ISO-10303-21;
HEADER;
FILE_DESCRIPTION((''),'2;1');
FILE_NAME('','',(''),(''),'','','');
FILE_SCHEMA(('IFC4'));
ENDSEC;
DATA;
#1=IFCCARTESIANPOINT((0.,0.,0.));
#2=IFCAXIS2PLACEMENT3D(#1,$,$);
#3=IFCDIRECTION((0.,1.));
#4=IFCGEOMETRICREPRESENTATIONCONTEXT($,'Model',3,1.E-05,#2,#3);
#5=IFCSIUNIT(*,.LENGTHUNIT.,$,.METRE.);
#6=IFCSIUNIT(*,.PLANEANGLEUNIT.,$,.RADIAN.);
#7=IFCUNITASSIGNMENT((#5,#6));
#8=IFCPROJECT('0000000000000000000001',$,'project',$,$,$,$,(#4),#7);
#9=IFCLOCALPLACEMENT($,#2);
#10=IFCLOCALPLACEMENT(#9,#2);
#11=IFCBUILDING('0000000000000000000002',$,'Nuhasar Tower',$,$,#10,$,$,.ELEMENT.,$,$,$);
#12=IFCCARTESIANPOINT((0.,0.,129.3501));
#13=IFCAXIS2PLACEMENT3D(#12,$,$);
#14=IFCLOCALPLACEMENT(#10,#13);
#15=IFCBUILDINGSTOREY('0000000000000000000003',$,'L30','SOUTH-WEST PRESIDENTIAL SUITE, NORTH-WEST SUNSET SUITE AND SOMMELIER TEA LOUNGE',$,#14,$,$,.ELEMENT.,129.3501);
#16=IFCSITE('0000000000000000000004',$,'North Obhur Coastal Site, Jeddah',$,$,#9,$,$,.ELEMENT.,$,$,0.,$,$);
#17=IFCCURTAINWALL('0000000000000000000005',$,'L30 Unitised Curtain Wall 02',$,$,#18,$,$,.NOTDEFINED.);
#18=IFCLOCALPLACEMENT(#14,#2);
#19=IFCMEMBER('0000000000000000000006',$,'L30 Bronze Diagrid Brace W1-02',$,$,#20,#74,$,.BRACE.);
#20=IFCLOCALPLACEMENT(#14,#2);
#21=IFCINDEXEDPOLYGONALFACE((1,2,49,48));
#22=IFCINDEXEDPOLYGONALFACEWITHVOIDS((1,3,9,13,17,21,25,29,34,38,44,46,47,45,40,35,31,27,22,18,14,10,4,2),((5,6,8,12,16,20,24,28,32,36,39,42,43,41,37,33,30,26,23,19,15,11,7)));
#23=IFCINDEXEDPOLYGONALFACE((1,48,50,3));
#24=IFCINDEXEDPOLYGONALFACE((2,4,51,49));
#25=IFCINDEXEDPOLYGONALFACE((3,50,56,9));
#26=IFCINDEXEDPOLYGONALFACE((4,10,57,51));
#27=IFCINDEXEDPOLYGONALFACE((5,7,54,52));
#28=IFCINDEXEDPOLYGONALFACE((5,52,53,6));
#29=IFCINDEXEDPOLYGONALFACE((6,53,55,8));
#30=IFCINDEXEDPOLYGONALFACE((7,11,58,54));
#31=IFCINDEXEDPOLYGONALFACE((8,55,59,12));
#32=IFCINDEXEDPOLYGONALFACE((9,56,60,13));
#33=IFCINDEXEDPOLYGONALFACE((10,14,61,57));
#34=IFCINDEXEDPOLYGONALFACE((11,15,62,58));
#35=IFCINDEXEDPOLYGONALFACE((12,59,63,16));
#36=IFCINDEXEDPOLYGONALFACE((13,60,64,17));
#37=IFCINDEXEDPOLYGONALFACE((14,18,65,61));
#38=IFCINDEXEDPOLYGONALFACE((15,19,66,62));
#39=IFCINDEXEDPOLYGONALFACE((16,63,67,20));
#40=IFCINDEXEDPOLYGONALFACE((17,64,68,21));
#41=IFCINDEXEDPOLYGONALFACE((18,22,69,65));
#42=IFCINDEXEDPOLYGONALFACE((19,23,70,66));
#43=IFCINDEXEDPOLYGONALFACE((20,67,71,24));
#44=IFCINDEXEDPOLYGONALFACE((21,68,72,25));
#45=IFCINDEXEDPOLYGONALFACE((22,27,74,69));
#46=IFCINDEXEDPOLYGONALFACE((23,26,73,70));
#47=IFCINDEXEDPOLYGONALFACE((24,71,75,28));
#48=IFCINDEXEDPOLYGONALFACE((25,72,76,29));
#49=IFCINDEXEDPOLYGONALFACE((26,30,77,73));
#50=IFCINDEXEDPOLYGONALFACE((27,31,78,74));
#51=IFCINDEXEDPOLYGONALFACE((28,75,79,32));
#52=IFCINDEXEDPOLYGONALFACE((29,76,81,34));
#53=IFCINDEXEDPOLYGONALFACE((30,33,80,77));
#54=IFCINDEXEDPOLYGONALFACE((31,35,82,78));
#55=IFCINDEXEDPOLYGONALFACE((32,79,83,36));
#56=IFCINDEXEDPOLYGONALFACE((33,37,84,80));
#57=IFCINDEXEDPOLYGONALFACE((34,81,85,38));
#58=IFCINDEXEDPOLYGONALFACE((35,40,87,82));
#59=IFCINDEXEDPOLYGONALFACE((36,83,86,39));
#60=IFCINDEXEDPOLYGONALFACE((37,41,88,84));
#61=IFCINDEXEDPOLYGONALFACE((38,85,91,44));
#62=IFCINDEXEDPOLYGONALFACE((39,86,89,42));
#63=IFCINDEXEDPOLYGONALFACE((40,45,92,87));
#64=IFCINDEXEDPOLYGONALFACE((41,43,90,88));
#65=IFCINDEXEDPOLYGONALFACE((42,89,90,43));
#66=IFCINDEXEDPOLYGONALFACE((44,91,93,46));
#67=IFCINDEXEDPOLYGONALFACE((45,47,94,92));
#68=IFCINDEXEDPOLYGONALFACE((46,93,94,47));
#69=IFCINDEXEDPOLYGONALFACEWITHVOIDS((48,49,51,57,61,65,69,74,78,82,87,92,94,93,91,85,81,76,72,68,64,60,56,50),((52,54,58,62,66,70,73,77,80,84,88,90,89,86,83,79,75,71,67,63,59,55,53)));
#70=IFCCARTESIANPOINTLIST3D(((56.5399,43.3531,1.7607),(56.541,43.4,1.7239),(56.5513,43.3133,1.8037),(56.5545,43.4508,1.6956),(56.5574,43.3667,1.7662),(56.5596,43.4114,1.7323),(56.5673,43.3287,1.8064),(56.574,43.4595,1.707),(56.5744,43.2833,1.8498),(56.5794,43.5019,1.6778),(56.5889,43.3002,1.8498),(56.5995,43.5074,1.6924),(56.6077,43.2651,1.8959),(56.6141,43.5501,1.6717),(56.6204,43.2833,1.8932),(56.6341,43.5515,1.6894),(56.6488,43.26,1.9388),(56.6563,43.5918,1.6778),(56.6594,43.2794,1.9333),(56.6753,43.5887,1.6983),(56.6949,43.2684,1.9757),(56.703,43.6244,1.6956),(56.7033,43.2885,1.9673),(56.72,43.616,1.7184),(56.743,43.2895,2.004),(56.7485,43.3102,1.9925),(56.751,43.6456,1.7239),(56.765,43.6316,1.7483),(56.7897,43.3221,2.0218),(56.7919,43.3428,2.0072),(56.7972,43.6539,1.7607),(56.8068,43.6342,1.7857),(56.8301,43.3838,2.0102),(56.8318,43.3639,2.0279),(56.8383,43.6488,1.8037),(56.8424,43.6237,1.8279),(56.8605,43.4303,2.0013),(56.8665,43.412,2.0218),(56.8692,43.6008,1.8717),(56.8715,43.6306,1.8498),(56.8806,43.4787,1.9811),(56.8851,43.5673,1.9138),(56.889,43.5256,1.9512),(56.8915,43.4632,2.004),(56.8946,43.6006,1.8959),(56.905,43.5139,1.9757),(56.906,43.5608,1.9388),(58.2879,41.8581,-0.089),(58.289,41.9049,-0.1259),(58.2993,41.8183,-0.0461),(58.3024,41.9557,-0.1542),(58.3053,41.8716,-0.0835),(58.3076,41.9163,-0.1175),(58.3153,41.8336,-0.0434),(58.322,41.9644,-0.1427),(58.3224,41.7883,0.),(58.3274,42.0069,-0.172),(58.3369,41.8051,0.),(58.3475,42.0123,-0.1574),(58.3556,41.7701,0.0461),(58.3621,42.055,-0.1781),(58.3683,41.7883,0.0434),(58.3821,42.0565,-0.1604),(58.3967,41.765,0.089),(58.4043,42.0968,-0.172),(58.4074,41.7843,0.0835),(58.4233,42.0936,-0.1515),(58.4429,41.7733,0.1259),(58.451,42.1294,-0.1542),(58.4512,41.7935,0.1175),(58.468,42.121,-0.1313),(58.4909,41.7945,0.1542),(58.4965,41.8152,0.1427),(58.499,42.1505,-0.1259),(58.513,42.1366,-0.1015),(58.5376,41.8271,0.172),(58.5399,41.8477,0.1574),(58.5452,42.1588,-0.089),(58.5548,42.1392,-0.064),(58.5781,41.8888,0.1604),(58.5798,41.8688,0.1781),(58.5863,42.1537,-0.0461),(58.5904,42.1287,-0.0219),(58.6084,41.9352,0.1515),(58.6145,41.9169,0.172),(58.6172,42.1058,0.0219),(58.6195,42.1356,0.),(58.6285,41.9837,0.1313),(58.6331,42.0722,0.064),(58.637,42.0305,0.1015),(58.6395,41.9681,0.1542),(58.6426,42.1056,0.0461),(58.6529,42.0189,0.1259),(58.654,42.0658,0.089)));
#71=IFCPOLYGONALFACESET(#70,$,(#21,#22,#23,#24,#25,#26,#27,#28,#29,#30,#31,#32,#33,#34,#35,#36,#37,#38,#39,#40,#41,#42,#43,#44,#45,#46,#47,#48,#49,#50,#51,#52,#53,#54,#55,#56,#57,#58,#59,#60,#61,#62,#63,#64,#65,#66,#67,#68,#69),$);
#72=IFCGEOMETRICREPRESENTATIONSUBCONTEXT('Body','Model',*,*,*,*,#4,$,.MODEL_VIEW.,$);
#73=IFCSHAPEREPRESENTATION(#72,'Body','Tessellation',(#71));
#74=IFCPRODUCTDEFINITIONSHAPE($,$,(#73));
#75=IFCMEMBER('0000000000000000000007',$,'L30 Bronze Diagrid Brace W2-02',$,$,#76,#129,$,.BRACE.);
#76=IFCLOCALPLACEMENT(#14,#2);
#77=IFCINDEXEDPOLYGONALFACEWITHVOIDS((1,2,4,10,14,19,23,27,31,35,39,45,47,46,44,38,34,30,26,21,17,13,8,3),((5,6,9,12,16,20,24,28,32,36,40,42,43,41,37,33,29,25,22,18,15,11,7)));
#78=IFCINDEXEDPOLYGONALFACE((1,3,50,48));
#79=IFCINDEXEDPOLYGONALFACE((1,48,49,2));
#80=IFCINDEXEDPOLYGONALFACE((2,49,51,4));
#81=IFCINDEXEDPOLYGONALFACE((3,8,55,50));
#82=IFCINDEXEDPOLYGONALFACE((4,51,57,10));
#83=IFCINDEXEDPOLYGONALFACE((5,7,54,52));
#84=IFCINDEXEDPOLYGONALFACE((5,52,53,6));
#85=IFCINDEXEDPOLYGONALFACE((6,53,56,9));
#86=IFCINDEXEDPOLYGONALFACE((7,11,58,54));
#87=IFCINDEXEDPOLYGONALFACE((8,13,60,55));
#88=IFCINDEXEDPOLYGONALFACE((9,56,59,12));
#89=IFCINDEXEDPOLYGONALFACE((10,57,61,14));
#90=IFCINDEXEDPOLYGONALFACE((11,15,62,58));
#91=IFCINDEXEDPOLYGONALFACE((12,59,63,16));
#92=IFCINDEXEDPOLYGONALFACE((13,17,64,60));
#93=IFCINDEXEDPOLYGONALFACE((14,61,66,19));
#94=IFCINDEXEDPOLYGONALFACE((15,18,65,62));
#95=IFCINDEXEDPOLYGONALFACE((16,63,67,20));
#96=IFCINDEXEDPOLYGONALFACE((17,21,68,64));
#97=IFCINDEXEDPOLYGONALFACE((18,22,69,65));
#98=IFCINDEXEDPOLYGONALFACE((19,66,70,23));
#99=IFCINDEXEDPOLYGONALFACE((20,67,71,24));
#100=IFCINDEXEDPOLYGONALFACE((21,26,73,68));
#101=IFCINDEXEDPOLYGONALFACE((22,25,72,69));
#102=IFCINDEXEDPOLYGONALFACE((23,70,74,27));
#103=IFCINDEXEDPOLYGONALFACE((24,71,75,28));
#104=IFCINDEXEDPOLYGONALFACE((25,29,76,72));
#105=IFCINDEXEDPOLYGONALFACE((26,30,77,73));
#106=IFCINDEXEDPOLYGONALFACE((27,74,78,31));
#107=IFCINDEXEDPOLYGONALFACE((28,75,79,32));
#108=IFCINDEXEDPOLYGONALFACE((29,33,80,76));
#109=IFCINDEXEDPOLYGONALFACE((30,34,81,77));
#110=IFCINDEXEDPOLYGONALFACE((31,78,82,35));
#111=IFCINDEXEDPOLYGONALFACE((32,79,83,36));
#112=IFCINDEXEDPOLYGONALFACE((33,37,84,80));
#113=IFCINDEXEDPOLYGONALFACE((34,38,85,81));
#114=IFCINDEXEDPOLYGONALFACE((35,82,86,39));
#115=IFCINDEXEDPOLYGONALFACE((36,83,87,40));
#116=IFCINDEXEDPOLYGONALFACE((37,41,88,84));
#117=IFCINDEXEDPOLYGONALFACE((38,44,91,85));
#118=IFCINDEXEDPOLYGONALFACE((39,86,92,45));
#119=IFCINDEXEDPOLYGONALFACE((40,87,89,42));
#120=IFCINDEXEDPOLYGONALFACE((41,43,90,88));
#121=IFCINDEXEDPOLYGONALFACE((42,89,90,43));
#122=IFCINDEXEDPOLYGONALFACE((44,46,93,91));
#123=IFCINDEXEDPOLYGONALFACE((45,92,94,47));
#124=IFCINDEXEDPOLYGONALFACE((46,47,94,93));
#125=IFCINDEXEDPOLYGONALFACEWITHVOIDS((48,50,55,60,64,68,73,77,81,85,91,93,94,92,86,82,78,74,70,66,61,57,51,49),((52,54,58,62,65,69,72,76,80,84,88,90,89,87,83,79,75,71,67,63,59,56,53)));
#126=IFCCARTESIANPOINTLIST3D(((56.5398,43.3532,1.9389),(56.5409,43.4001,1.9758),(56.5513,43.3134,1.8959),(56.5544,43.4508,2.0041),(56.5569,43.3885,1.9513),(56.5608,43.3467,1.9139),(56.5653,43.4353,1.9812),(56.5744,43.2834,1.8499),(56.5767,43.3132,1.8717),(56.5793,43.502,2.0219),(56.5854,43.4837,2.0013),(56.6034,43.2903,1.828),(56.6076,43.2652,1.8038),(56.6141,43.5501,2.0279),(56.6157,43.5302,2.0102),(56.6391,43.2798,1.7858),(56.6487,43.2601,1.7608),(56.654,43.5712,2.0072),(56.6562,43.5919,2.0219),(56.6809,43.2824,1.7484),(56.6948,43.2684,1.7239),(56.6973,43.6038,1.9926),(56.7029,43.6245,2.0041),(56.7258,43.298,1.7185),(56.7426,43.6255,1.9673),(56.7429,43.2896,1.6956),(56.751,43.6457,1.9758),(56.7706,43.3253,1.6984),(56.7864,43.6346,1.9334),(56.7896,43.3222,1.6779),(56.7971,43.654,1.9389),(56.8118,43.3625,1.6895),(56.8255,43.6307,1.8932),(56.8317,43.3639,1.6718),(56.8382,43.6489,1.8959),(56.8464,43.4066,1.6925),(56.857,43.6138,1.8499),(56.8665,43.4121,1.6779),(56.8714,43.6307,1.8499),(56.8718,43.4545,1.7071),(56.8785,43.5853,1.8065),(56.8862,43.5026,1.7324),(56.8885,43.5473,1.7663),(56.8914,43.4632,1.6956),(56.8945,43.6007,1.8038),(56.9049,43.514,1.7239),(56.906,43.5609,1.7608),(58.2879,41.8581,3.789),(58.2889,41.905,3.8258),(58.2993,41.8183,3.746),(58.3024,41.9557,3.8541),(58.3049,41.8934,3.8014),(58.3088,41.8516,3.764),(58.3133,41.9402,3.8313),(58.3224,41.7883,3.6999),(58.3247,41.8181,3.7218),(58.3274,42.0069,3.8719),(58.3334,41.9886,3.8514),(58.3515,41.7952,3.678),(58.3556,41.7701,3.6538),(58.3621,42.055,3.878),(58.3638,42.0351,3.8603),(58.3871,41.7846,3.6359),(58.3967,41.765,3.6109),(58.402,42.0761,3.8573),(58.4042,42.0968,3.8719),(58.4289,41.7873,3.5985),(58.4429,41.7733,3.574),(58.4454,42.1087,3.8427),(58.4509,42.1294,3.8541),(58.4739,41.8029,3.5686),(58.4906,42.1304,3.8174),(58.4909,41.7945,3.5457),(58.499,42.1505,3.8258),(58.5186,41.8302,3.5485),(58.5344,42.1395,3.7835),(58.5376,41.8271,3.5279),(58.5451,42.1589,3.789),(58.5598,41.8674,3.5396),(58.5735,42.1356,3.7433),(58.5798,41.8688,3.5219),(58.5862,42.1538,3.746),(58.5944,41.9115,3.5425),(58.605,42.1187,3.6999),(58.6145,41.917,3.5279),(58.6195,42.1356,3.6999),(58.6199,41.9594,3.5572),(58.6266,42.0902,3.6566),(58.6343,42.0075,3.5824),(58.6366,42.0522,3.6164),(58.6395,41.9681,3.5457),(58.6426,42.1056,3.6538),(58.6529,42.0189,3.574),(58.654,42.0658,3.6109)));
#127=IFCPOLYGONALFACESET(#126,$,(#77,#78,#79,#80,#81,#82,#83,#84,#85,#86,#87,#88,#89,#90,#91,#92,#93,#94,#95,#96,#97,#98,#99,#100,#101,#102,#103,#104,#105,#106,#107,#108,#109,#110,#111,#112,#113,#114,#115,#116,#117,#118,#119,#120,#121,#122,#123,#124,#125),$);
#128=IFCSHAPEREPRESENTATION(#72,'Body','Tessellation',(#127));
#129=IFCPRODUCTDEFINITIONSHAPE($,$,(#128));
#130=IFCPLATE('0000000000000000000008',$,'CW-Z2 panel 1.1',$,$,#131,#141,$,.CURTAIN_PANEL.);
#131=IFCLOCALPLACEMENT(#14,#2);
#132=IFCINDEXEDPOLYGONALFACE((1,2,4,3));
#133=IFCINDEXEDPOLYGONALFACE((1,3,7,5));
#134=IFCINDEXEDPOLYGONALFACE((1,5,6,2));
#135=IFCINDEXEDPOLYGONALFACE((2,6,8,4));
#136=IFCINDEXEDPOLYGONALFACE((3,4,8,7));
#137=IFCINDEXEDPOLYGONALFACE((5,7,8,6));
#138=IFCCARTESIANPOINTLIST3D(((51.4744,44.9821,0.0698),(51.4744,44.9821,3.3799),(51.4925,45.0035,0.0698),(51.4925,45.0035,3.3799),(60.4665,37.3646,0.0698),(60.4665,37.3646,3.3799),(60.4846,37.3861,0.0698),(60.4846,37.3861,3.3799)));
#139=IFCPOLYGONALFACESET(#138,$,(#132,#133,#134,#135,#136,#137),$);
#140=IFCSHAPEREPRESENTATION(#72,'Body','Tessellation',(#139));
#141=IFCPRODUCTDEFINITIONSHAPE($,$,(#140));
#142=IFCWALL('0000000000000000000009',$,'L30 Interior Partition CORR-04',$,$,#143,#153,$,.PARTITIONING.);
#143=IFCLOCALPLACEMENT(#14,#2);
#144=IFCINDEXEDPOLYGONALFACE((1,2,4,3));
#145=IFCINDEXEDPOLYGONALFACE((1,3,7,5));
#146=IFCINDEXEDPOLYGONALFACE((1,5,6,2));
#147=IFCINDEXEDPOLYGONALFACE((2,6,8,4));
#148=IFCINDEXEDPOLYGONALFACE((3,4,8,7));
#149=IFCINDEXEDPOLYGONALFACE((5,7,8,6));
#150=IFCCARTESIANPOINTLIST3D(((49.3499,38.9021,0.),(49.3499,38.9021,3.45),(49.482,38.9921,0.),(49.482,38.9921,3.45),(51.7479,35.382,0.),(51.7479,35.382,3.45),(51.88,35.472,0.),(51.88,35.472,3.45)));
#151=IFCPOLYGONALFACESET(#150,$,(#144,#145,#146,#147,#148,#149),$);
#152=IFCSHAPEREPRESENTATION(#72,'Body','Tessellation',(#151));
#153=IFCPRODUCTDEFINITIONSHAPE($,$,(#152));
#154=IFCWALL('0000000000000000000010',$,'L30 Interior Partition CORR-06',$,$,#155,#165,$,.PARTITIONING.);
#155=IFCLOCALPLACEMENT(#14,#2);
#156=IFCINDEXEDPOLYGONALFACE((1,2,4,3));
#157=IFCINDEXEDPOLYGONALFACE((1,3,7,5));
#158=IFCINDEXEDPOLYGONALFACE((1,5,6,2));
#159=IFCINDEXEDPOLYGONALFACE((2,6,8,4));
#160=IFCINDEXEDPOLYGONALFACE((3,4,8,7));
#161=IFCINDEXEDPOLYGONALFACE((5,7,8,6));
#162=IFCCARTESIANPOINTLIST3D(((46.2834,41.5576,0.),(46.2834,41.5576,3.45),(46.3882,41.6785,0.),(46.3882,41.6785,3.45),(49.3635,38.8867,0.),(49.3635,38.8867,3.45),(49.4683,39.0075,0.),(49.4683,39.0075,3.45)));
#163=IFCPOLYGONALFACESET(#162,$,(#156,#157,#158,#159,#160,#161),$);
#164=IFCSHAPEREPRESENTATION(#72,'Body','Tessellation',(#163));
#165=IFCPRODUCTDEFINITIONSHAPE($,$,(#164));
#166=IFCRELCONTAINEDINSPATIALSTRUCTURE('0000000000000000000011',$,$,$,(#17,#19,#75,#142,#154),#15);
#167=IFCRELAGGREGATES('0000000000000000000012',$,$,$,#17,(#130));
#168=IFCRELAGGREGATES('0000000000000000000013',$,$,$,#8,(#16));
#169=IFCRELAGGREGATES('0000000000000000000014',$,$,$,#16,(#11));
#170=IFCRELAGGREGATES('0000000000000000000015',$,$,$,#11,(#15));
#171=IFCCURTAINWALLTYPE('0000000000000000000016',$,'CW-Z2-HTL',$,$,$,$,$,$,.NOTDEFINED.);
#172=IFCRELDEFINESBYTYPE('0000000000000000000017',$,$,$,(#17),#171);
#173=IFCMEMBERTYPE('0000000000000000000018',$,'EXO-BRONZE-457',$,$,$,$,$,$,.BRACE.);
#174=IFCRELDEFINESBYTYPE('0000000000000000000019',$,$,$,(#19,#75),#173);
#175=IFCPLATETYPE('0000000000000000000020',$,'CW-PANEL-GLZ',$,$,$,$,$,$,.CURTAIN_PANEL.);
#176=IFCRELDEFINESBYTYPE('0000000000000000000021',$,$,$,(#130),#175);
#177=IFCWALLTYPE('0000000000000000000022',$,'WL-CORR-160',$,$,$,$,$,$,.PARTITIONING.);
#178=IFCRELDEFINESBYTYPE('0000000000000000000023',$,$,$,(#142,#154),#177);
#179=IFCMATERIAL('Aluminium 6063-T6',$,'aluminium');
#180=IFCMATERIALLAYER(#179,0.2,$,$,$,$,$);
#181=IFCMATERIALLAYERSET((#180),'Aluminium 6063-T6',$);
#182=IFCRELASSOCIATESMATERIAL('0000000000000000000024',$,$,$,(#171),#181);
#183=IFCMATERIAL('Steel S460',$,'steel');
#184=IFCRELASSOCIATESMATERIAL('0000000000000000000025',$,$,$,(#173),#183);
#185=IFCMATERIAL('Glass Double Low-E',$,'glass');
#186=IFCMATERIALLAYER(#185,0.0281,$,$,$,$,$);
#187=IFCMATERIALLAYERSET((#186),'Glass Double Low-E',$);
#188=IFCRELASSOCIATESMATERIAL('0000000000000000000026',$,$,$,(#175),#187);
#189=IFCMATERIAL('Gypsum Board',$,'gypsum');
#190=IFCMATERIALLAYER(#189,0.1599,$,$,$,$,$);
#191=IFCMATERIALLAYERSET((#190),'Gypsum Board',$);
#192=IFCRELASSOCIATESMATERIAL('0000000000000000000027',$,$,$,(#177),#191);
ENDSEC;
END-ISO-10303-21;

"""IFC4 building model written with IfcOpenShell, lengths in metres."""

from ifc_helpers import new_model, si_unit, direction, frame, frame_2d, origin, origin_2d, place, context, subcontext, project, spatial, rectangle, hollow_circle, extrude, material, layer, layer_set, material_profile, profile_set, type_object, element, aggregate, save


model = new_model("IFC4")

# Units and contexts
model_context = context("Model", 3, precision=1e-05, world=origin(), true_north=direction((0.0, 1.0)))
body_context = subcontext(model_context, "Body", "Model", "MODEL_VIEW")
ifc_project = project(units=[si_unit("LENGTHUNIT", "METRE"), si_unit("PLANEANGLEUNIT", "RADIAN")], contexts=[model_context])

# Site, building, storey
site_placement = place(None, origin())
site = spatial("IfcSite", under=ifc_project, at=site_placement, Name="North Obhur Coastal Site, Jeddah", CompositionType="ELEMENT", RefElevation=0.0)
building_placement = place(site_placement, origin())
building = spatial("IfcBuilding", under=site, at=building_placement, Name="Nuhasar Tower", CompositionType="ELEMENT")
storey_placement = place(building_placement, frame((0.0, 0.0, 129.3501)))
storey = spatial("IfcBuildingStorey", under=building, at=storey_placement, Name="L30", Description="SOUTH-WEST PRESIDENTIAL SUITE, NORTH-WEST SUNSET SUITE AND SOMMELIER TEA LOUNGE", CompositionType="ELEMENT", Elevation=129.3501)

# Shared definitions
ifc_material_1 = material(Name="Aluminium 6063-T6", Category="aluminium")
ifc_layer_1 = layer(ifc_material_1, 0.2)
ifc_layer_set_1 = layer_set([ifc_layer_1], Name="Aluminium 6063-T6")
curtain_wall_type = type_object("IfcCurtainWallType", Name="CW-Z2-HTL", PredefinedType="NOTDEFINED", material=ifc_layer_set_1)

# Curtain wall
curtain_wall_1_placement = place(storey_placement, origin())
curtain_wall_1 = element("IfcCurtainWall", 1, at=curtain_wall_1_placement, inside=storey, type_object=curtain_wall_type, Name="L30 Unitised Curtain Wall 02", PredefinedType="NOTDEFINED")

# Members
ifc_material_2 = material(Name="Steel S460", Category="steel")
ifc_material_profile_1 = material_profile(ifc_material_2, hollow_circle(Radius=0.2285, WallThickness=0.0222, at=origin_2d()), Name="HSS457X22.2")
ifc_profile_set_1 = profile_set([ifc_material_profile_1], Name="Steel S460")
member_type_1 = type_object("IfcMemberType", Name="EXO-BRONZE-457", PredefinedType="BRACE", material=ifc_profile_set_1)
member_1_placement = place(storey_placement, frame((58.4709, 41.9619, 0.0), z_axis=(-0.592201, 0.506514, 0.626691), x_axis=(-0.649987, -0.759945, 0.0)))
element("IfcMember", 2, at=member_1_placement, inside=storey, type_object=member_type_1, Name="L30 Bronze Diagrid Brace W1-02", PredefinedType="BRACE", context=body_context, shape_type="SweptSolid", body=[
    extrude(hollow_circle(Radius=0.2285, WallThickness=0.0222, at=origin_2d()), origin(), (0.0, 0.0, 1.0), 2.9517),
])
member_2_placement = place(storey_placement, frame((56.7229, 43.457, 1.8499), z_axis=(0.59217, -0.506488, 0.626741), x_axis=(0.649987, 0.759945, 0.0)))
element("IfcMember", 3, at=member_2_placement, inside=storey, type_object=member_type_1, Name="L30 Bronze Diagrid Brace W2-02", PredefinedType="BRACE", context=body_context, shape_type="SweptSolid", body=[
    extrude(hollow_circle(Radius=0.2285, WallThickness=0.0222, at=origin_2d()), origin(), (0.0, 0.0, 1.0), 2.9519),
])

# Plate
ifc_material_3 = material(Name="Glass Double Low-E", Category="glass")
ifc_layer_2 = layer(ifc_material_3, 0.0281)
ifc_layer_set_2 = layer_set([ifc_layer_2], Name="Glass Double Low-E")
plate_type = type_object("IfcPlateType", Name="CW-PANEL-GLZ", PredefinedType="CURTAIN_PANEL", material=ifc_layer_set_2)
plate_placement = place(storey_placement, frame((55.9795, 41.1841, 0.0698), z_axis=(0.0, 0.0, 1.0), x_axis=(-0.76302, 0.646374, 0.0)))
plate = element("IfcPlate", 4, at=plate_placement, type_object=plate_type, Name="CW-Z2 panel 1.1", PredefinedType="CURTAIN_PANEL", context=body_context, shape_type="SweptSolid", body=[
    extrude(rectangle(XDim=11.7849, YDim=0.0281, at=origin_2d()), origin(), (0.0, 0.0, 1.0), 3.3101),
])
aggregate(curtain_wall_1, [plate])

# Shared definitions
ifc_material_4 = material(Name="Gypsum Board", Category="gypsum")
ifc_layer_3 = layer(ifc_material_4, 0.1599)
ifc_layer_set_3 = layer_set([ifc_layer_3], Name="Gypsum Board")
wall_type = type_object("IfcWallType", Name="WL-CORR-160", PredefinedType="PARTITIONING", material=ifc_layer_set_3)

# Walls
wall_1_placement = place(storey_placement, frame((51.814, 35.427, 0.0), z_axis=(0.0, 0.0, 1.0), x_axis=(-0.563006, 0.826453, 0.0)))
element("IfcWall", 5, at=wall_1_placement, inside=storey, type_object=wall_type, Name="L30 Interior Partition CORR-04", PredefinedType="PARTITIONING", context=body_context, shape_type="SweptSolid", body=[
    extrude(rectangle(XDim=4.2593, YDim=0.1599, at=frame_2d((2.1296, 0.0))), origin(), (0.0, 0.0, 1.0), 3.45),
])
wall_2_placement = place(storey_placement, frame((49.416, 38.947, 0.0), z_axis=(0.0, 0.0, 1.0), x_axis=(-0.755507, 0.65514, 0.0)))
element("IfcWall", 6, at=wall_2_placement, inside=storey, type_object=wall_type, Name="L30 Interior Partition CORR-06", PredefinedType="PARTITIONING", context=body_context, shape_type="SweptSolid", body=[
    extrude(rectangle(XDim=4.0769, YDim=0.1599, at=frame_2d((2.0386, 0.0))), origin(), (0.0, 0.0, 1.0), 3.45),
])

save(model, "model.ifc")
